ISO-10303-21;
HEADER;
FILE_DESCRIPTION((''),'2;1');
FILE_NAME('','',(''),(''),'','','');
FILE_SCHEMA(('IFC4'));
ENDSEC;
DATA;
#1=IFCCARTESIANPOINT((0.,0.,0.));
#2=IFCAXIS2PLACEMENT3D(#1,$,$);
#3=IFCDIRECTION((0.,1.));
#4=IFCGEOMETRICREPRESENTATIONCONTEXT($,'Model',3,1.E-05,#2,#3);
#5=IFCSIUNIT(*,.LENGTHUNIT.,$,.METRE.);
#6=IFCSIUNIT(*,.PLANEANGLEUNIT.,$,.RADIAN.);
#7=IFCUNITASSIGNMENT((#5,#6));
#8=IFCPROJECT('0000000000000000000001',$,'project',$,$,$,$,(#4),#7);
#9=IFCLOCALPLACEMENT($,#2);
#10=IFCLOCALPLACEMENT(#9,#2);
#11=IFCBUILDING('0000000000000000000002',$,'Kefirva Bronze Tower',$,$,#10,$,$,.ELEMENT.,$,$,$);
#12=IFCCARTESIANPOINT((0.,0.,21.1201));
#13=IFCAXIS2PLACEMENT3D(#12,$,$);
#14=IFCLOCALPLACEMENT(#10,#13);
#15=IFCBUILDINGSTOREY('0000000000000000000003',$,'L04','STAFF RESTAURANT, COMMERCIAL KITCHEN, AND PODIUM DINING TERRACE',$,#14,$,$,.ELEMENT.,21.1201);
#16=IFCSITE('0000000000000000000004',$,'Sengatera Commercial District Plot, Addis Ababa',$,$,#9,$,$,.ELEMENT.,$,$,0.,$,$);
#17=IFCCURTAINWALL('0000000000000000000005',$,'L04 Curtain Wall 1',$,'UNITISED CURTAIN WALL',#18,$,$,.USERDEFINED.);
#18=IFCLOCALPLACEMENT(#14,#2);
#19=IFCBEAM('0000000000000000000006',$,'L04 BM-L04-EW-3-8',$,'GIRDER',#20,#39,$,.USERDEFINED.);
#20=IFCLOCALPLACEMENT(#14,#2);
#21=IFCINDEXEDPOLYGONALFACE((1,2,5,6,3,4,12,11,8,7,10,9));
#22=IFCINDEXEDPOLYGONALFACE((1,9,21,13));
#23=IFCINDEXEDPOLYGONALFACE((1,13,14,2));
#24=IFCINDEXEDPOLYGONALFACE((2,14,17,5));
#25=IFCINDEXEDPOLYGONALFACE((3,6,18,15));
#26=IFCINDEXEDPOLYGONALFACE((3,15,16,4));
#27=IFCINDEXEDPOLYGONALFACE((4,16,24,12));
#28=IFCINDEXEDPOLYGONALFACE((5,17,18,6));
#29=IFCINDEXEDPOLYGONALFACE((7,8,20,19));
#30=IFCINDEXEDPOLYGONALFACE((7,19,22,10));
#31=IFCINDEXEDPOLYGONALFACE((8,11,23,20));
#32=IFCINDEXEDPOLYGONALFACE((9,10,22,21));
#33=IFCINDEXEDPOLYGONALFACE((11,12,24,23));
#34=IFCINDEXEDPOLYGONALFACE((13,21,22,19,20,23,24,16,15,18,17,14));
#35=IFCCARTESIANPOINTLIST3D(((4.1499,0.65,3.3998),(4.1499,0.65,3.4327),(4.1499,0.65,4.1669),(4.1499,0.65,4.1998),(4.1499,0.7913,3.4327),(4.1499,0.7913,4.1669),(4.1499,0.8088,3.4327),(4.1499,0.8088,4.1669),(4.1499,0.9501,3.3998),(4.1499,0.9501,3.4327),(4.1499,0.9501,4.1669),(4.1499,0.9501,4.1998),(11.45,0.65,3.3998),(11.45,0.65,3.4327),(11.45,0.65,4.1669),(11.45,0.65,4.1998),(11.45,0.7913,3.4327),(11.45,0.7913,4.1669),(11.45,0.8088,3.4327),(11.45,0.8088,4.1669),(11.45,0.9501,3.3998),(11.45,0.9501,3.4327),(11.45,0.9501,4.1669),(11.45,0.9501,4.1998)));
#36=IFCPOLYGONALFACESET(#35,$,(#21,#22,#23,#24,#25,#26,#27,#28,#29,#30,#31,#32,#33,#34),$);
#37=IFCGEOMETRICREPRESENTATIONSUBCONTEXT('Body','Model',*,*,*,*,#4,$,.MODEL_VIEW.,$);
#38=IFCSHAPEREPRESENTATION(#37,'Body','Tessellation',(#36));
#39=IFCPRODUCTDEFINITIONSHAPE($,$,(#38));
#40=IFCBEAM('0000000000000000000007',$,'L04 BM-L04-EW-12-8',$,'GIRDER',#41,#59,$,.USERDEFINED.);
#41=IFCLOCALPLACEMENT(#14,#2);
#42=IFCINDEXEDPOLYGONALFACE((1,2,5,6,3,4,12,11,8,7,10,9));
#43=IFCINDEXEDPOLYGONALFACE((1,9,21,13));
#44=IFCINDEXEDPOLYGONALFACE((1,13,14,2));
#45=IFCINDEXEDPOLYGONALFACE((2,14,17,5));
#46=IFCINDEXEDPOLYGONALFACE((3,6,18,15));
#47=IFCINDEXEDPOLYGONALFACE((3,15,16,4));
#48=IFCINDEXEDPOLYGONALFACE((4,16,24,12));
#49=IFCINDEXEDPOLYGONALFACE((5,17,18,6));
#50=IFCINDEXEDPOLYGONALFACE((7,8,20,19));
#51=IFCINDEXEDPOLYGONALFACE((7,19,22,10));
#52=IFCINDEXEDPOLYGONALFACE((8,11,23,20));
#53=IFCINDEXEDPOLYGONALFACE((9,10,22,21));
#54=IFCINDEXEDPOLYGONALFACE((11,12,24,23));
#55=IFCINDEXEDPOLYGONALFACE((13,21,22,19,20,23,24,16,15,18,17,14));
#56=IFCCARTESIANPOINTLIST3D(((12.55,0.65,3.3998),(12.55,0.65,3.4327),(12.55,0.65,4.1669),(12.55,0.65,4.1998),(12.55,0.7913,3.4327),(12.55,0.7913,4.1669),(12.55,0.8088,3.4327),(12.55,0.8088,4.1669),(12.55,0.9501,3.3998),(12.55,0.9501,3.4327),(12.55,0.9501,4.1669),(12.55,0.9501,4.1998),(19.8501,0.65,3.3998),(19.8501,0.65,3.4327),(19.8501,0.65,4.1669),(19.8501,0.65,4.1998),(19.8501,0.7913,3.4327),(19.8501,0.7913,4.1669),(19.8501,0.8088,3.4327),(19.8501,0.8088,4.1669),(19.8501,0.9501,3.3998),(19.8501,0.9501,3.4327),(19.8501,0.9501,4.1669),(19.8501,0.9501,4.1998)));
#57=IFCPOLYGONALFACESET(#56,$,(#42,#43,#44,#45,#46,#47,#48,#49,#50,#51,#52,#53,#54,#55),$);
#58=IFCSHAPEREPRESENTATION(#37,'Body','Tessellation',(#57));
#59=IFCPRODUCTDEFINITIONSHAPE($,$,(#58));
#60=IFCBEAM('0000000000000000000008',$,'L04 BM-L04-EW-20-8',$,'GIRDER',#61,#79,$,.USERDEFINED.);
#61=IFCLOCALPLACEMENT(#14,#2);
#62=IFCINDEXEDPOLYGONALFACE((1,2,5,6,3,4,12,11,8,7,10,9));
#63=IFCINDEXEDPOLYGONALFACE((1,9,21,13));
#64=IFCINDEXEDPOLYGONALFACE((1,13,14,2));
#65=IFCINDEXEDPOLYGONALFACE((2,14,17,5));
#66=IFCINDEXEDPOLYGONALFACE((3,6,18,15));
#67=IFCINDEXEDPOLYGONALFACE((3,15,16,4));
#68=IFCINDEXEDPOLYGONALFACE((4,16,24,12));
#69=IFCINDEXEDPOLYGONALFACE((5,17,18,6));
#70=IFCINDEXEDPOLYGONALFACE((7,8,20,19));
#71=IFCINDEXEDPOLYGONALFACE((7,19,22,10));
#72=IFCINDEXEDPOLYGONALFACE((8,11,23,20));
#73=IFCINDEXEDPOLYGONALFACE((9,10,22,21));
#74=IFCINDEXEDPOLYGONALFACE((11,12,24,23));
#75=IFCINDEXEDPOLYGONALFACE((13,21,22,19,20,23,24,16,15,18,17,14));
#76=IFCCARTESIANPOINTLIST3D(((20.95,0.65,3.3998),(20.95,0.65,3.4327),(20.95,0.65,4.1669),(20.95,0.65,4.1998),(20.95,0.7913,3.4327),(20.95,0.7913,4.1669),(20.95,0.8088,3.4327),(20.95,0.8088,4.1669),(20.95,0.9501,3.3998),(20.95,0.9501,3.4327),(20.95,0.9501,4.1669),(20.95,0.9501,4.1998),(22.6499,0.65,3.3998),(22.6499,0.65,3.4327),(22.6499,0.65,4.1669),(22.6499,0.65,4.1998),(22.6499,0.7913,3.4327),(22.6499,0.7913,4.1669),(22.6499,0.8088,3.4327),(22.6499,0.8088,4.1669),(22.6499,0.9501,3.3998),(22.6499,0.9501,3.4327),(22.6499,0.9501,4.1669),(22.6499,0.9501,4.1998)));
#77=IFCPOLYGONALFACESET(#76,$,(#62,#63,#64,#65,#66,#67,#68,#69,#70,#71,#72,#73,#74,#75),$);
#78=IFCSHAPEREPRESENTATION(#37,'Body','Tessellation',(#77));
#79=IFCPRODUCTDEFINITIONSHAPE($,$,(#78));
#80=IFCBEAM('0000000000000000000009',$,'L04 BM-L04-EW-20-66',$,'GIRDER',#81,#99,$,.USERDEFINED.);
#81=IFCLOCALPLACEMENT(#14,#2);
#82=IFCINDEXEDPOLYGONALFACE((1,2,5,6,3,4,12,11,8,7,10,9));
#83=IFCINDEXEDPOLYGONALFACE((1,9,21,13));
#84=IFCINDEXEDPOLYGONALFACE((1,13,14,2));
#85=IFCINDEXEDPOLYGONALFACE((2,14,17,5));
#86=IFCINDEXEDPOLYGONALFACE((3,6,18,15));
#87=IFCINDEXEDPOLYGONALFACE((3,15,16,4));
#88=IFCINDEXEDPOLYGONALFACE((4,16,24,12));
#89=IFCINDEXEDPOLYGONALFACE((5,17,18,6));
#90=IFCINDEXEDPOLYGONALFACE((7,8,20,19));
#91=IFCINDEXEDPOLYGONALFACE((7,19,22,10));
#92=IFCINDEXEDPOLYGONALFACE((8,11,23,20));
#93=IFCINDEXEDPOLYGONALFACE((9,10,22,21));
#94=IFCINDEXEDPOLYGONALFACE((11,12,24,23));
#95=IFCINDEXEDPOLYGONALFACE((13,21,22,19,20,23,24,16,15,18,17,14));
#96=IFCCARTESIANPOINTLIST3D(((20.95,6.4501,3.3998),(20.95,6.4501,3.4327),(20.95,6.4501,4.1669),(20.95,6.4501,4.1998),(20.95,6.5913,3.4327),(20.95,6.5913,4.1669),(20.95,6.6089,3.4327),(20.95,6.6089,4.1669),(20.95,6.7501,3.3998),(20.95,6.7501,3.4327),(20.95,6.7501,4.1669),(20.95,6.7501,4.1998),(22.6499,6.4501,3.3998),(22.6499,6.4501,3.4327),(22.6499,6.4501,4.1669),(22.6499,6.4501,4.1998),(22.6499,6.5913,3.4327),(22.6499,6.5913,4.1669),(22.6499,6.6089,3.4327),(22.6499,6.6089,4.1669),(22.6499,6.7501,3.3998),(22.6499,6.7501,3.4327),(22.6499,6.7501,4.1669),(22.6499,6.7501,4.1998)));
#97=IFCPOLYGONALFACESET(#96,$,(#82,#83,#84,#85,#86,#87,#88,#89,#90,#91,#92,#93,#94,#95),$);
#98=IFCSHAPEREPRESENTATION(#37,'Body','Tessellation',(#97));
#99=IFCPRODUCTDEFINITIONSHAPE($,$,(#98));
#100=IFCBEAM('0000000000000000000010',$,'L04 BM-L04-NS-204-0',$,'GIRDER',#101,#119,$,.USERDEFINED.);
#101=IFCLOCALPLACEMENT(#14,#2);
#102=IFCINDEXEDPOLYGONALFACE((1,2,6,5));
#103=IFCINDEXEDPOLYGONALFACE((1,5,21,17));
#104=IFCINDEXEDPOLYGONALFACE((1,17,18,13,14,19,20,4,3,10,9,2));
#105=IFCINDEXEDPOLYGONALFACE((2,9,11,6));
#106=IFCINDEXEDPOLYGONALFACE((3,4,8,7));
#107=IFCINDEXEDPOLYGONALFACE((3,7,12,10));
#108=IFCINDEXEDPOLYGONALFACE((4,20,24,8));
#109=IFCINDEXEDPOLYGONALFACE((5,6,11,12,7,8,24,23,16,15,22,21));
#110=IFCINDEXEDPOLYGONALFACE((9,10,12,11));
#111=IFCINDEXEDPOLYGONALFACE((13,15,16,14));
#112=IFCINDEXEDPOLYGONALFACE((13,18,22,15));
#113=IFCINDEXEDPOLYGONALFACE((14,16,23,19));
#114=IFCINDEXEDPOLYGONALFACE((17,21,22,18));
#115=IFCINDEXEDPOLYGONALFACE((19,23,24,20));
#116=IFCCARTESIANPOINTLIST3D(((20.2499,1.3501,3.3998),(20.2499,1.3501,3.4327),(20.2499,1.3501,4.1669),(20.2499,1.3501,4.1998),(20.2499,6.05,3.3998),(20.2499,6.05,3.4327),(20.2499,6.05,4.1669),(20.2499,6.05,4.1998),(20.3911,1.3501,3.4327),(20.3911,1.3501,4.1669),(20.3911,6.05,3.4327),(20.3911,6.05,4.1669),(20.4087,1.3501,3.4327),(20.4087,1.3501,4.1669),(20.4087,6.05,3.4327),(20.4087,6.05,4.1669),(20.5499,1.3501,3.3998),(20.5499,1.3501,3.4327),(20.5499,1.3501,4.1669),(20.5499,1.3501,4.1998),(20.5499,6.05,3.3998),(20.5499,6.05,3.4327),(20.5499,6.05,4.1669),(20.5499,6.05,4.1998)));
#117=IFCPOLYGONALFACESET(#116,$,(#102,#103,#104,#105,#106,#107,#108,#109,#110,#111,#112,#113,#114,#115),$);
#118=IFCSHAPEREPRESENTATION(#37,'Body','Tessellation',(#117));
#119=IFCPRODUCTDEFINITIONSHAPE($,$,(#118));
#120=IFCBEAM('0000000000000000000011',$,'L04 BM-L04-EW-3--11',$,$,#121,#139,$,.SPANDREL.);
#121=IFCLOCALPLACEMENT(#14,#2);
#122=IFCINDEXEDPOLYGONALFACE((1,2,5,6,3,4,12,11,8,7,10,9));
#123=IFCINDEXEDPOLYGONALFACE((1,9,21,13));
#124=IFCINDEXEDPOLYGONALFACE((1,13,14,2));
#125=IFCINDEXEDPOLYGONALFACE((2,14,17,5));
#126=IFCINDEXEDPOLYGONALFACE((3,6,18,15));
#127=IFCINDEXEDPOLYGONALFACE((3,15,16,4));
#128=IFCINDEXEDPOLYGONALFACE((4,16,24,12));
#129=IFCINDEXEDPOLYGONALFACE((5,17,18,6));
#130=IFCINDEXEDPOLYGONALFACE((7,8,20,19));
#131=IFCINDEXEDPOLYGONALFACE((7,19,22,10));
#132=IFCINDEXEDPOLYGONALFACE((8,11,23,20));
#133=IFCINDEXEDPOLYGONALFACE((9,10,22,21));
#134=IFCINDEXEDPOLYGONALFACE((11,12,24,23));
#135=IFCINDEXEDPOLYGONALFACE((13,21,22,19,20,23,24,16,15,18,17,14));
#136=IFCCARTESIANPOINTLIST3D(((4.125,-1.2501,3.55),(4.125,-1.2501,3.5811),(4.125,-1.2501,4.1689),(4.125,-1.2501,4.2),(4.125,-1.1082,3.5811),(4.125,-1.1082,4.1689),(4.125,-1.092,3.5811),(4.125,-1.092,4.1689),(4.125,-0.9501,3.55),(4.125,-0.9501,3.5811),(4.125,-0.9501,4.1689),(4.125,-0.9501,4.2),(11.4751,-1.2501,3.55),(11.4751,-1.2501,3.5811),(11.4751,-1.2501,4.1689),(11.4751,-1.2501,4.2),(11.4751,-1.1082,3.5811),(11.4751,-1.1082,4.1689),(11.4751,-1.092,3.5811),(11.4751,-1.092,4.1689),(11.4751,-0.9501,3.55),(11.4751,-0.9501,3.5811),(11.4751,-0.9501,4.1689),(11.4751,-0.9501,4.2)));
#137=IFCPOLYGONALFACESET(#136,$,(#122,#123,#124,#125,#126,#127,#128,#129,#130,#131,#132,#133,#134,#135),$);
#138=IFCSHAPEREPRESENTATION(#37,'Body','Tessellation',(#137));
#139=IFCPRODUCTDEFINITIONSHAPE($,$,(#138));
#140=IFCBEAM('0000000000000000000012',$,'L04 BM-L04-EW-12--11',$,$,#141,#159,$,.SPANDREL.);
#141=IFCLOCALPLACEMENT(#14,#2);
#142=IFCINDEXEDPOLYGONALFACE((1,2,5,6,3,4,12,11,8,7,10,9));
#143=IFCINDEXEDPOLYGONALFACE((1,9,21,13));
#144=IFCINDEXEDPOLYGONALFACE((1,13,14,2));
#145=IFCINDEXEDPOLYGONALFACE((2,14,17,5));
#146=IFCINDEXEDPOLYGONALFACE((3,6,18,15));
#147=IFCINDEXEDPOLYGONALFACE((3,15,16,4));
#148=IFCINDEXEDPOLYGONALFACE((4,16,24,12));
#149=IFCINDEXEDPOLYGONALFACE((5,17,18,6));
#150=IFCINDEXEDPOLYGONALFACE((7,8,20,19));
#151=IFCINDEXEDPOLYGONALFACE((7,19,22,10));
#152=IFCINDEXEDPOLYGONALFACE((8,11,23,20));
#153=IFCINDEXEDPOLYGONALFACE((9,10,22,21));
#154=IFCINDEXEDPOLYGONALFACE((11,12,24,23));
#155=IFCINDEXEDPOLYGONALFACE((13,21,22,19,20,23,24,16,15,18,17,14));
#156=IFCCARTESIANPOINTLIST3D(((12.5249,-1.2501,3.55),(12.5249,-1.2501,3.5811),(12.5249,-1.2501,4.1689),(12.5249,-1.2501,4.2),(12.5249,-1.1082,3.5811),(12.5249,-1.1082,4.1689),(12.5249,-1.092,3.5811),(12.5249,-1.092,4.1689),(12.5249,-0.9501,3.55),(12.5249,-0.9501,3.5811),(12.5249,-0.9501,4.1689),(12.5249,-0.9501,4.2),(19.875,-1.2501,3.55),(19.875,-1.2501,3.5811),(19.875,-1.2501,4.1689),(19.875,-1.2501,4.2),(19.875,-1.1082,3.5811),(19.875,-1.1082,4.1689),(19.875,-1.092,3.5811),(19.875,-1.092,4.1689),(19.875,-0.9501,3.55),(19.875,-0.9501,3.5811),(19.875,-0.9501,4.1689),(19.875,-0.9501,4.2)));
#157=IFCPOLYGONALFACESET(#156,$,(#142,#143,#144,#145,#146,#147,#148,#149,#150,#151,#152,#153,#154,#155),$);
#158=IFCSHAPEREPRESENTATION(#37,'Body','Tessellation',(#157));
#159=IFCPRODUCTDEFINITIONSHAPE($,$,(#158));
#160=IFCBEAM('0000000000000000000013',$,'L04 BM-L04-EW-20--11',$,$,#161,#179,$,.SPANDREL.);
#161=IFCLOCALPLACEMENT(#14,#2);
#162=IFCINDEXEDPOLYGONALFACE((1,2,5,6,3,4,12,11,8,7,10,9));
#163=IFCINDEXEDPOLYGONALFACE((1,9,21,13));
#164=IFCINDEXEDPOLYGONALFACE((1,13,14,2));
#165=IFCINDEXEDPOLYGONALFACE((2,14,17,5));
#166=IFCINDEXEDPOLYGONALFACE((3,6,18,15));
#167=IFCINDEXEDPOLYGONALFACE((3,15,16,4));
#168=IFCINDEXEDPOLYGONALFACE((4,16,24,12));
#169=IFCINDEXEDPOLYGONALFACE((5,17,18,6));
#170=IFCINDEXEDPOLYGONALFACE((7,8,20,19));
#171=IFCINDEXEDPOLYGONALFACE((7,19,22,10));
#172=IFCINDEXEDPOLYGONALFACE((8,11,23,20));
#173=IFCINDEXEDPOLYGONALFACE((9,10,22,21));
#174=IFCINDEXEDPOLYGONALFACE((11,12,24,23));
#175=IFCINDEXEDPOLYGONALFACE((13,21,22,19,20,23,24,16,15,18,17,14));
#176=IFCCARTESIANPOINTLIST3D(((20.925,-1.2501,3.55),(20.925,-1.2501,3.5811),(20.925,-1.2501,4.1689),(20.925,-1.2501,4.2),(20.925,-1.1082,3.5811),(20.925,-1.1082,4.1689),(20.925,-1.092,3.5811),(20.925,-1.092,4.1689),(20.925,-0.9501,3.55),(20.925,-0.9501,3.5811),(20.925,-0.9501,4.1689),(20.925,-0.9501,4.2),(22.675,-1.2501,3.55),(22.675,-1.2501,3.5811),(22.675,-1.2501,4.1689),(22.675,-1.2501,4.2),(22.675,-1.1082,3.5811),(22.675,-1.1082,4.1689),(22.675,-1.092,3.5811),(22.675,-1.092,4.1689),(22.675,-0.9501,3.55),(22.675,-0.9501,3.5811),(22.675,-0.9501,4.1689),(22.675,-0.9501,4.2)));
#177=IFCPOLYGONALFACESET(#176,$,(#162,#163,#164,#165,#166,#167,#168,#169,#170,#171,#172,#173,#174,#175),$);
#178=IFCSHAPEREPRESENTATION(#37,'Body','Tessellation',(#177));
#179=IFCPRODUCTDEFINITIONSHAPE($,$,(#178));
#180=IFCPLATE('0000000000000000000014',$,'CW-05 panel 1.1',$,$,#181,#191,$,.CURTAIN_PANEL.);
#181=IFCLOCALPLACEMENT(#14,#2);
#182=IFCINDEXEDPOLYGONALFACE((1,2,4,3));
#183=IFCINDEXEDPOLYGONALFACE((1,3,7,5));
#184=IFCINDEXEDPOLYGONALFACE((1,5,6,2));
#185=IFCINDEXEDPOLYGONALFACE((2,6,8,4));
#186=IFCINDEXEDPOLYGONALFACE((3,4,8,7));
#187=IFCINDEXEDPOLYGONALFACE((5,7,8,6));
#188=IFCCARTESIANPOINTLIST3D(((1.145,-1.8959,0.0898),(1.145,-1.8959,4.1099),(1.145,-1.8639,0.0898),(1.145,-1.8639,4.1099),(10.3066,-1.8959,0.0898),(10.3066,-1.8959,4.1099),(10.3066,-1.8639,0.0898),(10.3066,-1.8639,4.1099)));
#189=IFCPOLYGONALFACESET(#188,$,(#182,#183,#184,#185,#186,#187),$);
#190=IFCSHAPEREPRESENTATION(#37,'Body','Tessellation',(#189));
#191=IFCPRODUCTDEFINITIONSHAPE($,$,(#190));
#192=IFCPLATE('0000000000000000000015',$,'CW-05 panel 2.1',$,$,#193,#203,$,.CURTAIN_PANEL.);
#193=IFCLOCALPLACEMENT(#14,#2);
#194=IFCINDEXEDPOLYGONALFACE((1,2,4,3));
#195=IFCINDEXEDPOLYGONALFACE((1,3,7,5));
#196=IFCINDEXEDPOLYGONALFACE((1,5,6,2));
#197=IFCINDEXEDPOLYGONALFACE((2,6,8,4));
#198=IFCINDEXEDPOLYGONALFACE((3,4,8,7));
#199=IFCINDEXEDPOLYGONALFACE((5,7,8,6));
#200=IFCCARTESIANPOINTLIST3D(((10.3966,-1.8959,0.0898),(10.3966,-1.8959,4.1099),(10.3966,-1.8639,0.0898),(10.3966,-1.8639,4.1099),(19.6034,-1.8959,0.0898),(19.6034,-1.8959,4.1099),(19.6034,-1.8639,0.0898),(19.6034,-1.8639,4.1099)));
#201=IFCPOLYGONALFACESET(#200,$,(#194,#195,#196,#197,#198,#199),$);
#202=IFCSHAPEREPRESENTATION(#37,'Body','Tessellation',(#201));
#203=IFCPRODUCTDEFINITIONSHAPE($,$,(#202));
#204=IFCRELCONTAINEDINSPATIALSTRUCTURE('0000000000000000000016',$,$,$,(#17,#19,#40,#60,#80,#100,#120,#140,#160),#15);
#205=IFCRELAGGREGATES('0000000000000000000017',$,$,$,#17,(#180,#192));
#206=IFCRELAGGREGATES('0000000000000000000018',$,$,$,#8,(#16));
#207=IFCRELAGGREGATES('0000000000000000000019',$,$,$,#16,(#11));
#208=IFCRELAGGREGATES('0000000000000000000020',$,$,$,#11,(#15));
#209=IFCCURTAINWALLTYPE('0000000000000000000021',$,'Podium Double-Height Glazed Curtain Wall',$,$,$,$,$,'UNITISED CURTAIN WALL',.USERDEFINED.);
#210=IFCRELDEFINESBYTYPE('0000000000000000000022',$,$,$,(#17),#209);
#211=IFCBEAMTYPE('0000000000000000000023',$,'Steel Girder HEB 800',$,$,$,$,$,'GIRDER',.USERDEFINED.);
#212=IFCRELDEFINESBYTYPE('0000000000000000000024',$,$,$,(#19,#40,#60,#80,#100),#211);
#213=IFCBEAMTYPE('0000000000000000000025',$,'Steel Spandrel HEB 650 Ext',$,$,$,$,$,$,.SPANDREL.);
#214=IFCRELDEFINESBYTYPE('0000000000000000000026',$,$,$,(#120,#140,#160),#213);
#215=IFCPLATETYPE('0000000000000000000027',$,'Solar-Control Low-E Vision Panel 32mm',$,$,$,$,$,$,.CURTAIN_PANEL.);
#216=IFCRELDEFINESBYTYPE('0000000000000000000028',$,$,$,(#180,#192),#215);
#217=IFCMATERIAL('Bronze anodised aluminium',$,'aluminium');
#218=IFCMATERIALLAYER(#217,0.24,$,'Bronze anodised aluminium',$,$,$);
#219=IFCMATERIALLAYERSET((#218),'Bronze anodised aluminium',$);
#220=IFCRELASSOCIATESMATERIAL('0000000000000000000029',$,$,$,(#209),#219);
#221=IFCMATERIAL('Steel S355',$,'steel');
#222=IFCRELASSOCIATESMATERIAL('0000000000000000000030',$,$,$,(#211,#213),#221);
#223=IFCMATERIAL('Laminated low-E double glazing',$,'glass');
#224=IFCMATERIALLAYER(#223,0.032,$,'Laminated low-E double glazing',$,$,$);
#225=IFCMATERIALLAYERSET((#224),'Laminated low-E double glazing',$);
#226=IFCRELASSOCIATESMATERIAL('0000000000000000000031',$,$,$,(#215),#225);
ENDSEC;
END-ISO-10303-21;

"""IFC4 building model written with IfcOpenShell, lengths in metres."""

from ifc_helpers import new_model, si_unit, direction, frame, origin, origin_2d, place, context, subcontext, project, spatial, rectangle, i_section, extrude, material, layer, layer_set, material_profile, profile_set, type_object, element, aggregate, save


model = new_model("IFC4")

# Units and contexts
model_context = context("Model", 3, precision=1e-05, world=origin(), true_north=direction((0.0, 1.0)))
body_context = subcontext(model_context, "Body", "Model", "MODEL_VIEW")
ifc_project = project(units=[si_unit("LENGTHUNIT", "METRE"), si_unit("PLANEANGLEUNIT", "RADIAN")], contexts=[model_context])

# Site, building, storey
site_placement = place(None, origin())
site = spatial("IfcSite", under=ifc_project, at=site_placement, Name="Sengatera Commercial District Plot, Addis Ababa", CompositionType="ELEMENT", RefElevation=0.0)
building_placement = place(site_placement, origin())
building = spatial("IfcBuilding", under=site, at=building_placement, Name="Kefirva Bronze Tower", CompositionType="ELEMENT")
storey_placement = place(building_placement, frame((0.0, 0.0, 21.1201)))
storey = spatial("IfcBuildingStorey", under=building, at=storey_placement, Name="L04", Description="STAFF RESTAURANT, COMMERCIAL KITCHEN, AND PODIUM DINING TERRACE", CompositionType="ELEMENT", Elevation=21.1201)

# Curtain wall
ifc_material_1 = material(Name="Bronze anodised aluminium", Category="aluminium")
ifc_layer_1 = layer(ifc_material_1, 0.24, Name="Bronze anodised aluminium")
ifc_layer_set_1 = layer_set([ifc_layer_1], Name="Bronze anodised aluminium")
curtain_wall_type = type_object("IfcCurtainWallType", Name="Podium Double-Height Glazed Curtain Wall", ElementType="UNITISED CURTAIN WALL", PredefinedType="USERDEFINED", material=ifc_layer_set_1)
curtain_wall_placement = place(storey_placement, origin())
curtain_wall = element("IfcCurtainWall", 1, at=curtain_wall_placement, inside=storey, type_object=curtain_wall_type, Name="L04 Curtain Wall 1", ObjectType="UNITISED CURTAIN WALL", PredefinedType="USERDEFINED")

# Beams
ifc_material_2 = material(Name="Steel S355", Category="steel")
ifc_material_profile_1 = material_profile(ifc_material_2, i_section(OverallWidth=0.3, OverallDepth=0.8, WebThickness=0.0176, FlangeThickness=0.033, at=origin_2d()), Name="HEB 800")
ifc_profile_set_1 = profile_set([ifc_material_profile_1], Name="Steel S355")
beam_type_1 = type_object("IfcBeamType", Name="Steel Girder HEB 800", ElementType="GIRDER", PredefinedType="USERDEFINED", material=ifc_profile_set_1)
for number, where, z_axis, x_axis, name in (
    (2, (4.1499, 0.8, 3.7998), (1.0, 0.0, 0.0), (0.0, 1.0, 0.0), "L04 BM-L04-EW-3-8"),
    (3, (12.55, 0.8, 3.7998), (1.0, 0.0, 0.0), (0.0, 1.0, 0.0), "L04 BM-L04-EW-12-8"),
):
    element("IfcBeam", number, at=place(storey_placement, frame(where, z_axis=z_axis, x_axis=x_axis)), inside=storey, type_object=beam_type_1, Name=name, ObjectType="GIRDER", PredefinedType="USERDEFINED", context=body_context, shape_type="SweptSolid", body=[
        extrude(i_section(OverallWidth=0.3, OverallDepth=0.8, WebThickness=0.0176, FlangeThickness=0.033, at=origin_2d()), origin(), (0.0, 0.0, 1.0), 7.3),
    ])
for number, where, z_axis, x_axis, name in (
    (4, (20.95, 0.8, 3.7998), (1.0, 0.0, 0.0), (0.0, 1.0, 0.0), "L04 BM-L04-EW-20-8"),
    (5, (20.95, 6.6001, 3.7998), (1.0, 0.0, 0.0), (0.0, 1.0, 0.0), "L04 BM-L04-EW-20-66"),
):
    element("IfcBeam", number, at=place(storey_placement, frame(where, z_axis=z_axis, x_axis=x_axis)), inside=storey, type_object=beam_type_1, Name=name, ObjectType="GIRDER", PredefinedType="USERDEFINED", context=body_context, shape_type="SweptSolid", body=[
        extrude(i_section(OverallWidth=0.3, OverallDepth=0.8, WebThickness=0.0176, FlangeThickness=0.033, at=origin_2d()), origin(), (0.0, 0.0, 1.0), 1.7),
    ])
beam_1_placement = place(storey_placement, frame((20.3999, 1.3501, 3.7998), z_axis=(0.0, 1.0, 0.0), x_axis=(-1.0, 0.0, 0.0)))
element("IfcBeam", 6, at=beam_1_placement, inside=storey, type_object=beam_type_1, Name="L04 BM-L04-NS-204-0", ObjectType="GIRDER", PredefinedType="USERDEFINED", context=body_context, shape_type="SweptSolid", body=[
    extrude(i_section(OverallWidth=0.3, OverallDepth=0.8, WebThickness=0.0176, FlangeThickness=0.033, at=origin_2d()), origin(), (0.0, 0.0, 1.0), 4.7),
])
ifc_material_profile_2 = material_profile(ifc_material_2, i_section(OverallWidth=0.3, OverallDepth=0.6499, WebThickness=0.0161, FlangeThickness=0.031, at=origin_2d()), Name="HEB 650")
ifc_profile_set_2 = profile_set([ifc_material_profile_2], Name="Steel S355")
beam_type_2 = type_object("IfcBeamType", Name="Steel Spandrel HEB 650 Ext", PredefinedType="SPANDREL", material=ifc_profile_set_2)
for number, where, z_axis, x_axis, name in (
    (7, (4.125, -1.1001, 3.875), (1.0, 0.0, 0.0), (0.0, 1.0, 0.0), "L04 BM-L04-EW-3--11"),
    (8, (12.5249, -1.1001, 3.875), (1.0, 0.0, 0.0), (0.0, 1.0, 0.0), "L04 BM-L04-EW-12--11"),
):
    element("IfcBeam", number, at=place(storey_placement, frame(where, z_axis=z_axis, x_axis=x_axis)), inside=storey, type_object=beam_type_2, Name=name, PredefinedType="SPANDREL", context=body_context, shape_type="SweptSolid", body=[
        extrude(i_section(OverallWidth=0.3, OverallDepth=0.6499, WebThickness=0.0161, FlangeThickness=0.031, at=origin_2d()), origin(), (0.0, 0.0, 1.0), 7.3501),
    ])
beam_2_placement = place(storey_placement, frame((20.925, -1.1001, 3.875), z_axis=(1.0, 0.0, 0.0), x_axis=(0.0, 1.0, 0.0)))
element("IfcBeam", 9, at=beam_2_placement, inside=storey, type_object=beam_type_2, Name="L04 BM-L04-EW-20--11", PredefinedType="SPANDREL", context=body_context, shape_type="SweptSolid", body=[
    extrude(i_section(OverallWidth=0.3, OverallDepth=0.6499, WebThickness=0.0161, FlangeThickness=0.031, at=origin_2d()), origin(), (0.0, 0.0, 1.0), 1.75),
])

# Plates
ifc_material_3 = material(Name="Laminated low-E double glazing", Category="glass")
ifc_layer_2 = layer(ifc_material_3, 0.032, Name="Laminated low-E double glazing")
ifc_layer_set_2 = layer_set([ifc_layer_2], Name="Laminated low-E double glazing")
plate_type = type_object("IfcPlateType", Name="Solar-Control Low-E Vision Panel 32mm", PredefinedType="CURTAIN_PANEL", material=ifc_layer_set_2)
plate_1_placement = place(storey_placement, frame((5.7258, -1.8799, 0.0898), z_axis=(0.0, 0.0, 1.0), x_axis=(1.0, 0.0, 0.0)))
plate_1 = element("IfcPlate", 10, at=plate_1_placement, type_object=plate_type, Name="CW-05 panel 1.1", PredefinedType="CURTAIN_PANEL", context=body_context, shape_type="SweptSolid", body=[
    extrude(rectangle(XDim=9.1616, YDim=0.032, at=origin_2d()), origin(), (0.0, 0.0, 1.0), 4.02),
])
plate_2_placement = place(storey_placement, frame((15.0, -1.8799, 0.0898), z_axis=(0.0, 0.0, 1.0), x_axis=(1.0, 0.0, 0.0)))
plate_2 = element("IfcPlate", 11, at=plate_2_placement, type_object=plate_type, Name="CW-05 panel 2.1", PredefinedType="CURTAIN_PANEL", context=body_context, shape_type="SweptSolid", body=[
    extrude(rectangle(XDim=9.2068, YDim=0.032, at=origin_2d()), origin(), (0.0, 0.0, 1.0), 4.02),
])
aggregate(curtain_wall, [plate_1, plate_2])

save(model, "model.ifc")
